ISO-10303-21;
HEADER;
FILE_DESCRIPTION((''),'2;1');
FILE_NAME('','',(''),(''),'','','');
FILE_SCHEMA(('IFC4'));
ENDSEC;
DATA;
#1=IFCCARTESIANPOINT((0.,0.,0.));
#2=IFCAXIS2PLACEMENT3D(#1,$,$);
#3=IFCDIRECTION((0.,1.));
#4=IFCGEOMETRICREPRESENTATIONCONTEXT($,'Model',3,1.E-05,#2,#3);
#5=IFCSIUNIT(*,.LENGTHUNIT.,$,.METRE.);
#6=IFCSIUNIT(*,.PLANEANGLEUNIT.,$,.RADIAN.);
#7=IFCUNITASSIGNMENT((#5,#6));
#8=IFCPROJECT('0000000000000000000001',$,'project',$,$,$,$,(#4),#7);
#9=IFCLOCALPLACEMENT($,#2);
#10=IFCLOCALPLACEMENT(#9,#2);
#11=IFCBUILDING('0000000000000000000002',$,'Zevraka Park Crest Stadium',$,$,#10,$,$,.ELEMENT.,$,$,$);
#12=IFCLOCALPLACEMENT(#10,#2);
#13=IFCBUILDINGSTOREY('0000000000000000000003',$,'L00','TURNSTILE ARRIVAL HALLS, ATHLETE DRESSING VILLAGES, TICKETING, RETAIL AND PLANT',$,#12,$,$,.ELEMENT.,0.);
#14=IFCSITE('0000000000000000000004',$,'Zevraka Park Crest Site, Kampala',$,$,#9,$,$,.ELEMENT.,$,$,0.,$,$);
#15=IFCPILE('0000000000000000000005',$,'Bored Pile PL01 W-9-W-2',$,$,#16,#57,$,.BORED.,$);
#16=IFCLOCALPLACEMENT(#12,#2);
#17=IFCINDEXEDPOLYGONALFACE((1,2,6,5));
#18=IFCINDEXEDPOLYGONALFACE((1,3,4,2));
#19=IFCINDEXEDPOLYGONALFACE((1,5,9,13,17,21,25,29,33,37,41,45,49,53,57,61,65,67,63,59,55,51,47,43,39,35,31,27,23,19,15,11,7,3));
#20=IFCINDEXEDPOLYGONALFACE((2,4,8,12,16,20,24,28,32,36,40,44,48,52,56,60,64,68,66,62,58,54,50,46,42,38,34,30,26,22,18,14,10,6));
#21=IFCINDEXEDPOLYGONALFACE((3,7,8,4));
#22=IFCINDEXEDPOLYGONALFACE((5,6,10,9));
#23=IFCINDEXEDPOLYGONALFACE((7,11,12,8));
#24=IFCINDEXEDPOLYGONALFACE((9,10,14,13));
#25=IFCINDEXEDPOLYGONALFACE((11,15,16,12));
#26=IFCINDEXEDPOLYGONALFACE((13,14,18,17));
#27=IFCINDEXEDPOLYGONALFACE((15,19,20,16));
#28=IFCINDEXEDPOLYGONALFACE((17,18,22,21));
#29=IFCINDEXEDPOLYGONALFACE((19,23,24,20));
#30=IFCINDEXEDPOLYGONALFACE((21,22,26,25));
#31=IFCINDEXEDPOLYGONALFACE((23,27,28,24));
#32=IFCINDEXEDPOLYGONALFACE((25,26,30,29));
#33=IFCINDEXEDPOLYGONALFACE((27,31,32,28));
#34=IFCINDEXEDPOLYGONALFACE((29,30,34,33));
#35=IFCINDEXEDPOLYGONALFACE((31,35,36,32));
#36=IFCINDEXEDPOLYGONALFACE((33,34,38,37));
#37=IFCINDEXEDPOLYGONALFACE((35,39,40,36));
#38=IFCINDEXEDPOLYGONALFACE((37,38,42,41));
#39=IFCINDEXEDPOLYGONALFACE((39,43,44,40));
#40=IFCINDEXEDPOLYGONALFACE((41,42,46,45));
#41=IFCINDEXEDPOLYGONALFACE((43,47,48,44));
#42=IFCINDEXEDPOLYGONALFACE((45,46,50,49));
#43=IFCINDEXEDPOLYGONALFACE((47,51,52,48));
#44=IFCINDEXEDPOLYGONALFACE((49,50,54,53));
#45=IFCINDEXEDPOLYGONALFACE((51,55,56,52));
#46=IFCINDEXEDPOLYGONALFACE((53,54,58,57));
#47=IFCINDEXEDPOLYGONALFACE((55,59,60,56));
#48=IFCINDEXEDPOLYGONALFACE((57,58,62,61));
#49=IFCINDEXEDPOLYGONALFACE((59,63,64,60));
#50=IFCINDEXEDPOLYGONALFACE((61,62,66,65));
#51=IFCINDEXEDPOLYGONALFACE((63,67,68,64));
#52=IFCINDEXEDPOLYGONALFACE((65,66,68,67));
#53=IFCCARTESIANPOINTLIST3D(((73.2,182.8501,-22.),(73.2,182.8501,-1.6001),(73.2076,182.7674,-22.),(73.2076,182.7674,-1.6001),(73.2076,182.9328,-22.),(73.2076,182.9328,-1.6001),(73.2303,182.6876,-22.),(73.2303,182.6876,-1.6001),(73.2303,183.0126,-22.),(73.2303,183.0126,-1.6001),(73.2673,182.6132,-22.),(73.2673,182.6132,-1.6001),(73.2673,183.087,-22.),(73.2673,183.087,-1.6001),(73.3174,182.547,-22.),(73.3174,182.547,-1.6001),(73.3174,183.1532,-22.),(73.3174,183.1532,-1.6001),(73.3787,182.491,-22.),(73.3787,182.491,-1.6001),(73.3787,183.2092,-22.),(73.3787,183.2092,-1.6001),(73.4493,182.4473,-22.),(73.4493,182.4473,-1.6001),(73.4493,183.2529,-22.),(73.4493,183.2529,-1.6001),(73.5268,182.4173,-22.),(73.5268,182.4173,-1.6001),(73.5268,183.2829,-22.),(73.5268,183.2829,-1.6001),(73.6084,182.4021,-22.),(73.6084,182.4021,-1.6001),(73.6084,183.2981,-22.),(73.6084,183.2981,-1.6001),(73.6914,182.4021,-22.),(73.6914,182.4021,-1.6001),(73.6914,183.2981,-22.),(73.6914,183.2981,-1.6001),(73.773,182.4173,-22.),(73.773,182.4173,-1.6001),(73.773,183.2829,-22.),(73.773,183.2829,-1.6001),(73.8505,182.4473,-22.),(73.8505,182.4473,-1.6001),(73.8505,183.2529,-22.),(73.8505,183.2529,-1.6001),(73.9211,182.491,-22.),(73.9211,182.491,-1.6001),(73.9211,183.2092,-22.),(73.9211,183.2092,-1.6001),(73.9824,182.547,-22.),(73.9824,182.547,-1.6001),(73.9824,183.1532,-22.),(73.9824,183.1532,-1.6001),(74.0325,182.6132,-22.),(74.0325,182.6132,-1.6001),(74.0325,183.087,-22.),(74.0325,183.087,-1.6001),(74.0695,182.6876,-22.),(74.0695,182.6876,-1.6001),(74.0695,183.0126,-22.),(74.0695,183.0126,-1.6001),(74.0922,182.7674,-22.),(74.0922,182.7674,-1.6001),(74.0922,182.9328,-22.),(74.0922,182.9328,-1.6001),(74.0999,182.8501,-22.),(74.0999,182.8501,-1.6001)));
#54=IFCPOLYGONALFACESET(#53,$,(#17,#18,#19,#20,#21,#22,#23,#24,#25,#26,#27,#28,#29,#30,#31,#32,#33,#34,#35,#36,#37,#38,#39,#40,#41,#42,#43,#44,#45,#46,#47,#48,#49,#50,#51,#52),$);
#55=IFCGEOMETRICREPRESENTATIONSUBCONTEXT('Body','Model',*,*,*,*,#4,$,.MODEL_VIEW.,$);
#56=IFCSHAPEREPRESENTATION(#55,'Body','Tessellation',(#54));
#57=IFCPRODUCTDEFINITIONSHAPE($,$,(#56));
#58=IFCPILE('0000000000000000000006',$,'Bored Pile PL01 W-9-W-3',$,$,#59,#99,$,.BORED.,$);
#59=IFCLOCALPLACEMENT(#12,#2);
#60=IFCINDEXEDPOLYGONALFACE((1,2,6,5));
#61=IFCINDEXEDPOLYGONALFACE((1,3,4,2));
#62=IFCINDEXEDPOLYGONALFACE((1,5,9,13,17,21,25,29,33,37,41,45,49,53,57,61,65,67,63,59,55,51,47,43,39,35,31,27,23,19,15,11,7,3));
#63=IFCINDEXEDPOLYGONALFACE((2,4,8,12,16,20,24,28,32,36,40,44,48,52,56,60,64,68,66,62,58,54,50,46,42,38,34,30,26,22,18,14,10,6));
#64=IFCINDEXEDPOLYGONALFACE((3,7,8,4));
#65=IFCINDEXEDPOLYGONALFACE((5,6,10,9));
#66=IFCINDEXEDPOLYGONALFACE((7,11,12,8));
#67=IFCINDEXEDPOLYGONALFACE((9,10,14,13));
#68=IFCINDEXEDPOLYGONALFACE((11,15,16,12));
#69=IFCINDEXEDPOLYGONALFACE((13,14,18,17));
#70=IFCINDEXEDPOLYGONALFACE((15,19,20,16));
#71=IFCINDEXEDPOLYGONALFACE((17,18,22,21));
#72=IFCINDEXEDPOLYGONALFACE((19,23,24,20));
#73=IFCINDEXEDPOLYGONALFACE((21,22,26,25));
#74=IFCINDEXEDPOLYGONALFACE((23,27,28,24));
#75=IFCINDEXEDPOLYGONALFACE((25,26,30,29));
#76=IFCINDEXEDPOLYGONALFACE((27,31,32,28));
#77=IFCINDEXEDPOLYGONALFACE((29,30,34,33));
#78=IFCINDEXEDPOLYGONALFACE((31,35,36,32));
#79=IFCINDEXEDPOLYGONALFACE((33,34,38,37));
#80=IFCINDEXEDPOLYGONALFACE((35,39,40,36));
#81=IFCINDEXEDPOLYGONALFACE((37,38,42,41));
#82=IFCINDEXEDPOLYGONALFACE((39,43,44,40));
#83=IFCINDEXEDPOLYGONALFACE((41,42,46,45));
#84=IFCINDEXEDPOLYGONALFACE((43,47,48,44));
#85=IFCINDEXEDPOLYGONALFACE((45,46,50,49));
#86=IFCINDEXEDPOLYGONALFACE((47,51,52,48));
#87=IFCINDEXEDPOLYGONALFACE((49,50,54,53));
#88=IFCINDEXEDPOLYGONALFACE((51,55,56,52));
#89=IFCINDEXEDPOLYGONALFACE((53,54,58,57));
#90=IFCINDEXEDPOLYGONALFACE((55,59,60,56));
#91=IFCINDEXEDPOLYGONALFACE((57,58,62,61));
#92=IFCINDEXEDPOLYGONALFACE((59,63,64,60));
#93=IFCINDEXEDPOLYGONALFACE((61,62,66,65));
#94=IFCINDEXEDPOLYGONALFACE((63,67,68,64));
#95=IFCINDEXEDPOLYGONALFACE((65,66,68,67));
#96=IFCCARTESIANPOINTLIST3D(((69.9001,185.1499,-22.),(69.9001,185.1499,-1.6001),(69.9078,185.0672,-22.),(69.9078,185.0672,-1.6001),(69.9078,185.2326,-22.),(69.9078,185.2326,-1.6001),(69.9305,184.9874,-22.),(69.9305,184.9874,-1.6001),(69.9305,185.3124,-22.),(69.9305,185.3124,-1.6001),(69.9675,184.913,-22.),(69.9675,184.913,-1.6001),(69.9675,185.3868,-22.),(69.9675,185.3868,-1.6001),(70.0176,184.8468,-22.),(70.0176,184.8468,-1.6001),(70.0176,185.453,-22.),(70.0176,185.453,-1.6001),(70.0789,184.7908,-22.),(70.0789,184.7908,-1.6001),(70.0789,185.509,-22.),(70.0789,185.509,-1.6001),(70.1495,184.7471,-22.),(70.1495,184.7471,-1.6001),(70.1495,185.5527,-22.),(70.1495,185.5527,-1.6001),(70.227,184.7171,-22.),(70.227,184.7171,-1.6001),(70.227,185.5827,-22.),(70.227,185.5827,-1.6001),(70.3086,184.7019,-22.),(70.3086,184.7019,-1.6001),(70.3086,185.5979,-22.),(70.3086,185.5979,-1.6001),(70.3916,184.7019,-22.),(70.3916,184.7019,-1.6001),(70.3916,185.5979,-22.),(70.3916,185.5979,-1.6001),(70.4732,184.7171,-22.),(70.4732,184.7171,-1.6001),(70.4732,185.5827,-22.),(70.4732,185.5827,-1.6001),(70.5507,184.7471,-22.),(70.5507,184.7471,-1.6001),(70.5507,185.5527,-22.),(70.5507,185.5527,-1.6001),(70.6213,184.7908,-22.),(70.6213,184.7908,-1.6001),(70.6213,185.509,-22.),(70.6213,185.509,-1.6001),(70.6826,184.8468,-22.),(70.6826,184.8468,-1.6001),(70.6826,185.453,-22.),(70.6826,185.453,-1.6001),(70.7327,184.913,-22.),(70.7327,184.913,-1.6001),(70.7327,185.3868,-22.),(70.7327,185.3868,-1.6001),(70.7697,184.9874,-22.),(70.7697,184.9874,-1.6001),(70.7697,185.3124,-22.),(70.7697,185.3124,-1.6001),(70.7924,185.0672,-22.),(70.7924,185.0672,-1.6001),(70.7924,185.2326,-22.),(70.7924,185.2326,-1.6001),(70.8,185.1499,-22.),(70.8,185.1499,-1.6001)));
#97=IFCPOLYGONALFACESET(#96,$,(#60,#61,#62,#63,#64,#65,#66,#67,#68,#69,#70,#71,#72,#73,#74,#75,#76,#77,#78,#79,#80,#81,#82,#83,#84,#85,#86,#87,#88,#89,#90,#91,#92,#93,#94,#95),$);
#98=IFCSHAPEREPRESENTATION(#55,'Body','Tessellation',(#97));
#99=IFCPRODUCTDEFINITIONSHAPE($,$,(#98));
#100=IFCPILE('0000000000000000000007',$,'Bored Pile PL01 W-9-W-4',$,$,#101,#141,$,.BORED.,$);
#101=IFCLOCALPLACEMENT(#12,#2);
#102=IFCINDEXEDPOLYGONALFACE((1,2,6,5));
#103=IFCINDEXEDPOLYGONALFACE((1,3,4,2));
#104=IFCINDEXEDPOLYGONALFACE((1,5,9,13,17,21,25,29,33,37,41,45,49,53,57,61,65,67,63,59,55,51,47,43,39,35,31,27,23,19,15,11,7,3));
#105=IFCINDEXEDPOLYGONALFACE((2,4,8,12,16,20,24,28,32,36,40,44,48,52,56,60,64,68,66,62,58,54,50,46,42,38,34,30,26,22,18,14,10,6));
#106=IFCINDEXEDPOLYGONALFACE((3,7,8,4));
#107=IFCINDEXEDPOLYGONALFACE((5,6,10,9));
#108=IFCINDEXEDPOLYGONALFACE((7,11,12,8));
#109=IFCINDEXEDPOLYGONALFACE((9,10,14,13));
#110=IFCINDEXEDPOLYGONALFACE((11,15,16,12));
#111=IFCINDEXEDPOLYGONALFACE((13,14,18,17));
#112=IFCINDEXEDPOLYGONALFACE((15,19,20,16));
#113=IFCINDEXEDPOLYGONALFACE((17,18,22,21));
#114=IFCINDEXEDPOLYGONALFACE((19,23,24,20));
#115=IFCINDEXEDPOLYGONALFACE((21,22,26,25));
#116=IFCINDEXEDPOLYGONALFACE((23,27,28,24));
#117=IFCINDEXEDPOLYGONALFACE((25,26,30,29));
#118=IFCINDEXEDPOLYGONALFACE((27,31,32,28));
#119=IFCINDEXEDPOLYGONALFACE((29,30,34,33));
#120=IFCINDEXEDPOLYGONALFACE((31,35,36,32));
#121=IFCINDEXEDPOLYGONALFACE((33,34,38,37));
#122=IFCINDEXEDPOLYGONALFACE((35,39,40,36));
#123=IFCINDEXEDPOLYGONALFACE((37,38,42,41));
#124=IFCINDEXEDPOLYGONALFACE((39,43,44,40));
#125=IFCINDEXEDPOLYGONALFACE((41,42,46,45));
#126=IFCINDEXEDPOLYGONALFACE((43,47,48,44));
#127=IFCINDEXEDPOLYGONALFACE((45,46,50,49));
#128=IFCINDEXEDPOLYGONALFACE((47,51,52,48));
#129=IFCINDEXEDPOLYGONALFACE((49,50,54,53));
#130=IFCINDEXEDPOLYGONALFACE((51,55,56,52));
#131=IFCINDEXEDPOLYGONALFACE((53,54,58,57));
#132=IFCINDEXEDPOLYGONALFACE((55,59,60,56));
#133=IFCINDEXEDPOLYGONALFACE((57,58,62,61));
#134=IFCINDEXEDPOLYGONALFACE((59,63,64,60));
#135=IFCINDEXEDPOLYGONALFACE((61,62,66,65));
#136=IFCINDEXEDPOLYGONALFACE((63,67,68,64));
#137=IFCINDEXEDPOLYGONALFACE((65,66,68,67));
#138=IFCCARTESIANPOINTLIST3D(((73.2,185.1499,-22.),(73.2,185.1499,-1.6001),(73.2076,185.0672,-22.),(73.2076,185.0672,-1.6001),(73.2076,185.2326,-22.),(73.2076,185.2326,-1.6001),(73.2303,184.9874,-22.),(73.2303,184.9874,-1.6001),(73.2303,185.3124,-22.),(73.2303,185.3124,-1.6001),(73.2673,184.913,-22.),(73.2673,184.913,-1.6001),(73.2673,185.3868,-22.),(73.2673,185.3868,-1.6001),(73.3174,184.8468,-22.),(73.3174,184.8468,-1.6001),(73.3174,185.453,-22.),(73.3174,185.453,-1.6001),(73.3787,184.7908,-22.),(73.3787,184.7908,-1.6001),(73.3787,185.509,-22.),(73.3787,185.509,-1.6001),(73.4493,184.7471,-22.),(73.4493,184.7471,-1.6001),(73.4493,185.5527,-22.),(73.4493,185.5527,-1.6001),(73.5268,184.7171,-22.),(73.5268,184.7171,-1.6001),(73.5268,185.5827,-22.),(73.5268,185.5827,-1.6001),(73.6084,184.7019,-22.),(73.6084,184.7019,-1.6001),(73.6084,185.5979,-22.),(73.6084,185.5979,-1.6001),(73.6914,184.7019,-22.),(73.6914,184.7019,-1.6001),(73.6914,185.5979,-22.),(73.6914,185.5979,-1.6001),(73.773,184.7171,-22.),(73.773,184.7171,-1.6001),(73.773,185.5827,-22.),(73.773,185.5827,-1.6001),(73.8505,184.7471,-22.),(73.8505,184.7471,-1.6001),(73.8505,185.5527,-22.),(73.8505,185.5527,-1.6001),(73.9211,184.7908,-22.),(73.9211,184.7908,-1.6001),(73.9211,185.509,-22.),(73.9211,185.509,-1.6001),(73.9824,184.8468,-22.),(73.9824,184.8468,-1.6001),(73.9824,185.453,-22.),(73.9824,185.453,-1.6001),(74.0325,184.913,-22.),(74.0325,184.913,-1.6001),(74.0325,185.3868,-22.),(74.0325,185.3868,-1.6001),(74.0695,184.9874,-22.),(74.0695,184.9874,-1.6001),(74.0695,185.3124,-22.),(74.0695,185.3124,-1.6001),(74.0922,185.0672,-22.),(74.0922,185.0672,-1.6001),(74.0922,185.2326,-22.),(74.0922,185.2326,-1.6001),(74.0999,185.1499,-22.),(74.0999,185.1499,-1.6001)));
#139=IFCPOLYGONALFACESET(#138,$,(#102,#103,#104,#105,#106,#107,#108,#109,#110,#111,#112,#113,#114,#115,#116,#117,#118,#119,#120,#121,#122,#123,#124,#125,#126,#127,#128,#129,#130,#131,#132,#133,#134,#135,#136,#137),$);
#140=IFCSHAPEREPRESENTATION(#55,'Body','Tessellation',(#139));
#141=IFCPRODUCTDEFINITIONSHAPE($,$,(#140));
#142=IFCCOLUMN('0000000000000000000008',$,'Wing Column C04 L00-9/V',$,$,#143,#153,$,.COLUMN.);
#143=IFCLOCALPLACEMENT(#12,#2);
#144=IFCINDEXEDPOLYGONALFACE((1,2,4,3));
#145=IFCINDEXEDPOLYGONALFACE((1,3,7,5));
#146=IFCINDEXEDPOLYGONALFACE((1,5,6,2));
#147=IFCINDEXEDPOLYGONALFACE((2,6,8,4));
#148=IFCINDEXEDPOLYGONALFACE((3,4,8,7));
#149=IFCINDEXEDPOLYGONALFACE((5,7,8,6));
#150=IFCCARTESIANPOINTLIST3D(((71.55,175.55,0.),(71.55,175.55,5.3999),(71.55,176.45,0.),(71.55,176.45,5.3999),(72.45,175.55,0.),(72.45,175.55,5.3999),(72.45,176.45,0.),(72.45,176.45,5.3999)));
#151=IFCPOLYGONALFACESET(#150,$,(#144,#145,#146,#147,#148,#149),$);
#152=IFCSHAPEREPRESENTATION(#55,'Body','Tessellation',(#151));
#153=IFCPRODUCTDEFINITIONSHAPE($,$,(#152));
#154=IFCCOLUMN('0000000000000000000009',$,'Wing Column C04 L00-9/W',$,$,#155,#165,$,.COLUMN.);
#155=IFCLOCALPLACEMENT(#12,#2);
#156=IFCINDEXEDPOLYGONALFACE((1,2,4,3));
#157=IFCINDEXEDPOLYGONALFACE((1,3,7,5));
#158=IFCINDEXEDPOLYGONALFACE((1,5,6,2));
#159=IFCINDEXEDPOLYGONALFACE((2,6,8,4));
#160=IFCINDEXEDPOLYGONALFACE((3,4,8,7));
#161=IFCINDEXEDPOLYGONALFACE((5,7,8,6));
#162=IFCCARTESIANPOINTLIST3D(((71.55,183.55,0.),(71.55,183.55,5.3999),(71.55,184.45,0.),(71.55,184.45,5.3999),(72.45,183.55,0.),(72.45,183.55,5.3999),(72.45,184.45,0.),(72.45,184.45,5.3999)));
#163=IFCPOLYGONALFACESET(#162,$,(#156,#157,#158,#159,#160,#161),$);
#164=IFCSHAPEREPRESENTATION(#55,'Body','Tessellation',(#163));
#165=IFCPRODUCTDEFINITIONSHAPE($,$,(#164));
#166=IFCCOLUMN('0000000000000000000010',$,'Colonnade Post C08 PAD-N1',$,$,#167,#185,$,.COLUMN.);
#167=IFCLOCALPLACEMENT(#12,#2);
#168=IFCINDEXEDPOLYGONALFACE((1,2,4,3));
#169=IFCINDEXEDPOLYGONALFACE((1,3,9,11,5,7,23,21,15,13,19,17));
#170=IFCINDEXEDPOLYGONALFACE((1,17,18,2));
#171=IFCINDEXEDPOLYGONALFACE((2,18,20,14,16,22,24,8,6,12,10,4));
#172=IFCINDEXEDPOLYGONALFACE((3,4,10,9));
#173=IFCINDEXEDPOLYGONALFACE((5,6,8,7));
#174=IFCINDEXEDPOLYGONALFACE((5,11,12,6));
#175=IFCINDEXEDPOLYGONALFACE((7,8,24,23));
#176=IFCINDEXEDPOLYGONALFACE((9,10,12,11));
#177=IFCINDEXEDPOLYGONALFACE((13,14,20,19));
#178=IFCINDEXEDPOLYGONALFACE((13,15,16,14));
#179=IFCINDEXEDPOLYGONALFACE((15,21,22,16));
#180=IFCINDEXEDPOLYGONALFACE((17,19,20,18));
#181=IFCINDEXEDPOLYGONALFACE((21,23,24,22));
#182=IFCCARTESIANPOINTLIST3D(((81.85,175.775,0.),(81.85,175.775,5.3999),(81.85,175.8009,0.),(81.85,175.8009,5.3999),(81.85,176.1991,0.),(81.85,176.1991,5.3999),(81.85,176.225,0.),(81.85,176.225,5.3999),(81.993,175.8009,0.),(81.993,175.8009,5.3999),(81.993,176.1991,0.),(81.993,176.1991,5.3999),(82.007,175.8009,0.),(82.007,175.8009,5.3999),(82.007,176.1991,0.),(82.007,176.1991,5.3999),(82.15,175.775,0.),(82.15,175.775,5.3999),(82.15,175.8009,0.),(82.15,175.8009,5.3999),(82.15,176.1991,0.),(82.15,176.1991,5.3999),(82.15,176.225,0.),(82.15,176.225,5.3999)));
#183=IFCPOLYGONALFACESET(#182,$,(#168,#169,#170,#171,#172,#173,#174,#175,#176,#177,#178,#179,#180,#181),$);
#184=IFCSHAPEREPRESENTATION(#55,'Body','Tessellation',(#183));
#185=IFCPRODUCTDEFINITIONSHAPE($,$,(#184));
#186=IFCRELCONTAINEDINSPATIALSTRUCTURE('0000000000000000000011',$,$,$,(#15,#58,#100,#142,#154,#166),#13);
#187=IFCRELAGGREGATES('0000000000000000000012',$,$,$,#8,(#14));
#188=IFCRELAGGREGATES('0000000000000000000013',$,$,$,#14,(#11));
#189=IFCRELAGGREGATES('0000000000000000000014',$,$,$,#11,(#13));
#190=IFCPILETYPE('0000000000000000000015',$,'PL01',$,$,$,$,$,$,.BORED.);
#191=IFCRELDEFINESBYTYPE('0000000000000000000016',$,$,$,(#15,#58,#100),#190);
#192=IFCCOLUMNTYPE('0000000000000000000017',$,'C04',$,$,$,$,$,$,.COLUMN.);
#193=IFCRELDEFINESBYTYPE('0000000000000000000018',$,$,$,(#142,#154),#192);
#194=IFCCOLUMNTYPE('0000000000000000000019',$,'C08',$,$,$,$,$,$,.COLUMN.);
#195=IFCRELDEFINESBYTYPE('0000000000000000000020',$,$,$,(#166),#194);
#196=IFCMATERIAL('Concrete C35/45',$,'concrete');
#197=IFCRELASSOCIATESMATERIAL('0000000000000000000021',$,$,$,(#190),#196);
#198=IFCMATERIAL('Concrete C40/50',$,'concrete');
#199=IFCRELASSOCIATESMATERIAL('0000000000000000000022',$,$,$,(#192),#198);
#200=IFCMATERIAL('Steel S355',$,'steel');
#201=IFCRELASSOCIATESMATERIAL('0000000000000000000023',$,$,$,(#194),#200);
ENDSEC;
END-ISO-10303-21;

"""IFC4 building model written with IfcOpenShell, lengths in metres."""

from ifc_helpers import new_model, si_unit, direction, frame, origin, origin_2d, place, context, subcontext, project, spatial, rectangle, circle, i_section, extrude, material, material_profile, profile_set, type_object, element, save


model = new_model("IFC4")

# Units and contexts
model_context = context("Model", 3, precision=1e-05, world=origin(), true_north=direction((0.0, 1.0)))
body_context = subcontext(model_context, "Body", "Model", "MODEL_VIEW")
ifc_project = project(units=[si_unit("LENGTHUNIT", "METRE"), si_unit("PLANEANGLEUNIT", "RADIAN")], contexts=[model_context])

# Site, building, storey
site_placement = place(None, origin())
site = spatial("IfcSite", under=ifc_project, at=site_placement, Name="Zevraka Park Crest Site, Kampala", CompositionType="ELEMENT", RefElevation=0.0)
building_placement = place(site_placement, origin())
building = spatial("IfcBuilding", under=site, at=building_placement, Name="Zevraka Park Crest Stadium", CompositionType="ELEMENT")
storey_placement = place(building_placement, origin())
storey = spatial("IfcBuildingStorey", under=building, at=storey_placement, Name="L00", Description="TURNSTILE ARRIVAL HALLS, ATHLETE DRESSING VILLAGES, TICKETING, RETAIL AND PLANT", CompositionType="ELEMENT", Elevation=0.0)

# Piles
ifc_material_1 = material(Name="Concrete C35/45", Category="concrete")
ifc_material_profile_1 = material_profile(ifc_material_1, circle(Radius=0.45, at=origin_2d()), Name="PILE D900")
ifc_profile_set_1 = profile_set([ifc_material_profile_1], Name="Concrete C35/45")
pile_type = type_object("IfcPileType", Name="PL01", PredefinedType="BORED", material=ifc_profile_set_1)
for number, where, z_axis, x_axis, name in (
    (1, (73.6499, 182.8501, -1.6001), (0.0, 0.0, -1.0), (1.0, 0.0, 0.0), "Bored Pile PL01 W-9-W-2"),
    (2, (70.3501, 185.1499, -1.6001), (0.0, 0.0, -1.0), (1.0, 0.0, 0.0), "Bored Pile PL01 W-9-W-3"),
    (3, (73.6499, 185.1499, -1.6001), (0.0, 0.0, -1.0), (1.0, 0.0, 0.0), "Bored Pile PL01 W-9-W-4"),
):
    element("IfcPile", number, at=place(storey_placement, frame(where, z_axis=z_axis, x_axis=x_axis)), inside=storey, type_object=pile_type, Name=name, PredefinedType="BORED", context=body_context, shape_type="SweptSolid", body=[
        extrude(circle(Radius=0.45, at=origin_2d()), origin(), (0.0, 0.0, 1.0), 20.3999),
    ])

# Columns
ifc_material_2 = material(Name="Concrete C40/50", Category="concrete")
ifc_material_profile_2 = material_profile(ifc_material_2, rectangle(XDim=0.8999, YDim=0.8999, at=origin_2d()), Name="RC 900x900")
ifc_profile_set_2 = profile_set([ifc_material_profile_2], Name="Concrete C40/50")
column_type_1 = type_object("IfcColumnType", Name="C04", PredefinedType="COLUMN", material=ifc_profile_set_2)
for number, where, z_axis, x_axis, name in (
    (4, (72.0, 176.0, 0.0), (0.0, 0.0, 1.0), (1.0, 0.0, 0.0), "Wing Column C04 L00-9/V"),
    (5, (72.0, 184.0, 0.0), (0.0, 0.0, 1.0), (1.0, 0.0, 0.0), "Wing Column C04 L00-9/W"),
):
    element("IfcColumn", number, at=place(storey_placement, frame(where, z_axis=z_axis, x_axis=x_axis)), inside=storey, type_object=column_type_1, Name=name, PredefinedType="COLUMN", context=body_context, shape_type="SweptSolid", body=[
        extrude(rectangle(XDim=0.8999, YDim=0.8999, at=origin_2d()), origin(), (0.0, 0.0, 1.0), 5.3999),
    ])
ifc_material_3 = material(Name="Steel S355", Category="steel")
ifc_material_profile_3 = material_profile(ifc_material_3, i_section(OverallWidth=0.3, OverallDepth=0.45, WebThickness=0.0139, FlangeThickness=0.0259, at=origin_2d()), Name="HEB 450")
ifc_profile_set_3 = profile_set([ifc_material_profile_3], Name="Steel S355")
column_type_2 = type_object("IfcColumnType", Name="C08", PredefinedType="COLUMN", material=ifc_profile_set_3)
column_placement = place(storey_placement, frame((82.0, 176.0, 0.0), z_axis=(0.0, 0.0, 1.0), x_axis=(1.0, 0.0, 0.0)))
element("IfcColumn", 6, at=column_placement, inside=storey, type_object=column_type_2, Name="Colonnade Post C08 PAD-N1", PredefinedType="COLUMN", context=body_context, shape_type="SweptSolid", body=[
    extrude(i_section(OverallWidth=0.3, OverallDepth=0.45, WebThickness=0.0139, FlangeThickness=0.0259, at=origin_2d()), origin(), (0.0, 0.0, 1.0), 5.3999),
])

save(model, "model.ifc")
